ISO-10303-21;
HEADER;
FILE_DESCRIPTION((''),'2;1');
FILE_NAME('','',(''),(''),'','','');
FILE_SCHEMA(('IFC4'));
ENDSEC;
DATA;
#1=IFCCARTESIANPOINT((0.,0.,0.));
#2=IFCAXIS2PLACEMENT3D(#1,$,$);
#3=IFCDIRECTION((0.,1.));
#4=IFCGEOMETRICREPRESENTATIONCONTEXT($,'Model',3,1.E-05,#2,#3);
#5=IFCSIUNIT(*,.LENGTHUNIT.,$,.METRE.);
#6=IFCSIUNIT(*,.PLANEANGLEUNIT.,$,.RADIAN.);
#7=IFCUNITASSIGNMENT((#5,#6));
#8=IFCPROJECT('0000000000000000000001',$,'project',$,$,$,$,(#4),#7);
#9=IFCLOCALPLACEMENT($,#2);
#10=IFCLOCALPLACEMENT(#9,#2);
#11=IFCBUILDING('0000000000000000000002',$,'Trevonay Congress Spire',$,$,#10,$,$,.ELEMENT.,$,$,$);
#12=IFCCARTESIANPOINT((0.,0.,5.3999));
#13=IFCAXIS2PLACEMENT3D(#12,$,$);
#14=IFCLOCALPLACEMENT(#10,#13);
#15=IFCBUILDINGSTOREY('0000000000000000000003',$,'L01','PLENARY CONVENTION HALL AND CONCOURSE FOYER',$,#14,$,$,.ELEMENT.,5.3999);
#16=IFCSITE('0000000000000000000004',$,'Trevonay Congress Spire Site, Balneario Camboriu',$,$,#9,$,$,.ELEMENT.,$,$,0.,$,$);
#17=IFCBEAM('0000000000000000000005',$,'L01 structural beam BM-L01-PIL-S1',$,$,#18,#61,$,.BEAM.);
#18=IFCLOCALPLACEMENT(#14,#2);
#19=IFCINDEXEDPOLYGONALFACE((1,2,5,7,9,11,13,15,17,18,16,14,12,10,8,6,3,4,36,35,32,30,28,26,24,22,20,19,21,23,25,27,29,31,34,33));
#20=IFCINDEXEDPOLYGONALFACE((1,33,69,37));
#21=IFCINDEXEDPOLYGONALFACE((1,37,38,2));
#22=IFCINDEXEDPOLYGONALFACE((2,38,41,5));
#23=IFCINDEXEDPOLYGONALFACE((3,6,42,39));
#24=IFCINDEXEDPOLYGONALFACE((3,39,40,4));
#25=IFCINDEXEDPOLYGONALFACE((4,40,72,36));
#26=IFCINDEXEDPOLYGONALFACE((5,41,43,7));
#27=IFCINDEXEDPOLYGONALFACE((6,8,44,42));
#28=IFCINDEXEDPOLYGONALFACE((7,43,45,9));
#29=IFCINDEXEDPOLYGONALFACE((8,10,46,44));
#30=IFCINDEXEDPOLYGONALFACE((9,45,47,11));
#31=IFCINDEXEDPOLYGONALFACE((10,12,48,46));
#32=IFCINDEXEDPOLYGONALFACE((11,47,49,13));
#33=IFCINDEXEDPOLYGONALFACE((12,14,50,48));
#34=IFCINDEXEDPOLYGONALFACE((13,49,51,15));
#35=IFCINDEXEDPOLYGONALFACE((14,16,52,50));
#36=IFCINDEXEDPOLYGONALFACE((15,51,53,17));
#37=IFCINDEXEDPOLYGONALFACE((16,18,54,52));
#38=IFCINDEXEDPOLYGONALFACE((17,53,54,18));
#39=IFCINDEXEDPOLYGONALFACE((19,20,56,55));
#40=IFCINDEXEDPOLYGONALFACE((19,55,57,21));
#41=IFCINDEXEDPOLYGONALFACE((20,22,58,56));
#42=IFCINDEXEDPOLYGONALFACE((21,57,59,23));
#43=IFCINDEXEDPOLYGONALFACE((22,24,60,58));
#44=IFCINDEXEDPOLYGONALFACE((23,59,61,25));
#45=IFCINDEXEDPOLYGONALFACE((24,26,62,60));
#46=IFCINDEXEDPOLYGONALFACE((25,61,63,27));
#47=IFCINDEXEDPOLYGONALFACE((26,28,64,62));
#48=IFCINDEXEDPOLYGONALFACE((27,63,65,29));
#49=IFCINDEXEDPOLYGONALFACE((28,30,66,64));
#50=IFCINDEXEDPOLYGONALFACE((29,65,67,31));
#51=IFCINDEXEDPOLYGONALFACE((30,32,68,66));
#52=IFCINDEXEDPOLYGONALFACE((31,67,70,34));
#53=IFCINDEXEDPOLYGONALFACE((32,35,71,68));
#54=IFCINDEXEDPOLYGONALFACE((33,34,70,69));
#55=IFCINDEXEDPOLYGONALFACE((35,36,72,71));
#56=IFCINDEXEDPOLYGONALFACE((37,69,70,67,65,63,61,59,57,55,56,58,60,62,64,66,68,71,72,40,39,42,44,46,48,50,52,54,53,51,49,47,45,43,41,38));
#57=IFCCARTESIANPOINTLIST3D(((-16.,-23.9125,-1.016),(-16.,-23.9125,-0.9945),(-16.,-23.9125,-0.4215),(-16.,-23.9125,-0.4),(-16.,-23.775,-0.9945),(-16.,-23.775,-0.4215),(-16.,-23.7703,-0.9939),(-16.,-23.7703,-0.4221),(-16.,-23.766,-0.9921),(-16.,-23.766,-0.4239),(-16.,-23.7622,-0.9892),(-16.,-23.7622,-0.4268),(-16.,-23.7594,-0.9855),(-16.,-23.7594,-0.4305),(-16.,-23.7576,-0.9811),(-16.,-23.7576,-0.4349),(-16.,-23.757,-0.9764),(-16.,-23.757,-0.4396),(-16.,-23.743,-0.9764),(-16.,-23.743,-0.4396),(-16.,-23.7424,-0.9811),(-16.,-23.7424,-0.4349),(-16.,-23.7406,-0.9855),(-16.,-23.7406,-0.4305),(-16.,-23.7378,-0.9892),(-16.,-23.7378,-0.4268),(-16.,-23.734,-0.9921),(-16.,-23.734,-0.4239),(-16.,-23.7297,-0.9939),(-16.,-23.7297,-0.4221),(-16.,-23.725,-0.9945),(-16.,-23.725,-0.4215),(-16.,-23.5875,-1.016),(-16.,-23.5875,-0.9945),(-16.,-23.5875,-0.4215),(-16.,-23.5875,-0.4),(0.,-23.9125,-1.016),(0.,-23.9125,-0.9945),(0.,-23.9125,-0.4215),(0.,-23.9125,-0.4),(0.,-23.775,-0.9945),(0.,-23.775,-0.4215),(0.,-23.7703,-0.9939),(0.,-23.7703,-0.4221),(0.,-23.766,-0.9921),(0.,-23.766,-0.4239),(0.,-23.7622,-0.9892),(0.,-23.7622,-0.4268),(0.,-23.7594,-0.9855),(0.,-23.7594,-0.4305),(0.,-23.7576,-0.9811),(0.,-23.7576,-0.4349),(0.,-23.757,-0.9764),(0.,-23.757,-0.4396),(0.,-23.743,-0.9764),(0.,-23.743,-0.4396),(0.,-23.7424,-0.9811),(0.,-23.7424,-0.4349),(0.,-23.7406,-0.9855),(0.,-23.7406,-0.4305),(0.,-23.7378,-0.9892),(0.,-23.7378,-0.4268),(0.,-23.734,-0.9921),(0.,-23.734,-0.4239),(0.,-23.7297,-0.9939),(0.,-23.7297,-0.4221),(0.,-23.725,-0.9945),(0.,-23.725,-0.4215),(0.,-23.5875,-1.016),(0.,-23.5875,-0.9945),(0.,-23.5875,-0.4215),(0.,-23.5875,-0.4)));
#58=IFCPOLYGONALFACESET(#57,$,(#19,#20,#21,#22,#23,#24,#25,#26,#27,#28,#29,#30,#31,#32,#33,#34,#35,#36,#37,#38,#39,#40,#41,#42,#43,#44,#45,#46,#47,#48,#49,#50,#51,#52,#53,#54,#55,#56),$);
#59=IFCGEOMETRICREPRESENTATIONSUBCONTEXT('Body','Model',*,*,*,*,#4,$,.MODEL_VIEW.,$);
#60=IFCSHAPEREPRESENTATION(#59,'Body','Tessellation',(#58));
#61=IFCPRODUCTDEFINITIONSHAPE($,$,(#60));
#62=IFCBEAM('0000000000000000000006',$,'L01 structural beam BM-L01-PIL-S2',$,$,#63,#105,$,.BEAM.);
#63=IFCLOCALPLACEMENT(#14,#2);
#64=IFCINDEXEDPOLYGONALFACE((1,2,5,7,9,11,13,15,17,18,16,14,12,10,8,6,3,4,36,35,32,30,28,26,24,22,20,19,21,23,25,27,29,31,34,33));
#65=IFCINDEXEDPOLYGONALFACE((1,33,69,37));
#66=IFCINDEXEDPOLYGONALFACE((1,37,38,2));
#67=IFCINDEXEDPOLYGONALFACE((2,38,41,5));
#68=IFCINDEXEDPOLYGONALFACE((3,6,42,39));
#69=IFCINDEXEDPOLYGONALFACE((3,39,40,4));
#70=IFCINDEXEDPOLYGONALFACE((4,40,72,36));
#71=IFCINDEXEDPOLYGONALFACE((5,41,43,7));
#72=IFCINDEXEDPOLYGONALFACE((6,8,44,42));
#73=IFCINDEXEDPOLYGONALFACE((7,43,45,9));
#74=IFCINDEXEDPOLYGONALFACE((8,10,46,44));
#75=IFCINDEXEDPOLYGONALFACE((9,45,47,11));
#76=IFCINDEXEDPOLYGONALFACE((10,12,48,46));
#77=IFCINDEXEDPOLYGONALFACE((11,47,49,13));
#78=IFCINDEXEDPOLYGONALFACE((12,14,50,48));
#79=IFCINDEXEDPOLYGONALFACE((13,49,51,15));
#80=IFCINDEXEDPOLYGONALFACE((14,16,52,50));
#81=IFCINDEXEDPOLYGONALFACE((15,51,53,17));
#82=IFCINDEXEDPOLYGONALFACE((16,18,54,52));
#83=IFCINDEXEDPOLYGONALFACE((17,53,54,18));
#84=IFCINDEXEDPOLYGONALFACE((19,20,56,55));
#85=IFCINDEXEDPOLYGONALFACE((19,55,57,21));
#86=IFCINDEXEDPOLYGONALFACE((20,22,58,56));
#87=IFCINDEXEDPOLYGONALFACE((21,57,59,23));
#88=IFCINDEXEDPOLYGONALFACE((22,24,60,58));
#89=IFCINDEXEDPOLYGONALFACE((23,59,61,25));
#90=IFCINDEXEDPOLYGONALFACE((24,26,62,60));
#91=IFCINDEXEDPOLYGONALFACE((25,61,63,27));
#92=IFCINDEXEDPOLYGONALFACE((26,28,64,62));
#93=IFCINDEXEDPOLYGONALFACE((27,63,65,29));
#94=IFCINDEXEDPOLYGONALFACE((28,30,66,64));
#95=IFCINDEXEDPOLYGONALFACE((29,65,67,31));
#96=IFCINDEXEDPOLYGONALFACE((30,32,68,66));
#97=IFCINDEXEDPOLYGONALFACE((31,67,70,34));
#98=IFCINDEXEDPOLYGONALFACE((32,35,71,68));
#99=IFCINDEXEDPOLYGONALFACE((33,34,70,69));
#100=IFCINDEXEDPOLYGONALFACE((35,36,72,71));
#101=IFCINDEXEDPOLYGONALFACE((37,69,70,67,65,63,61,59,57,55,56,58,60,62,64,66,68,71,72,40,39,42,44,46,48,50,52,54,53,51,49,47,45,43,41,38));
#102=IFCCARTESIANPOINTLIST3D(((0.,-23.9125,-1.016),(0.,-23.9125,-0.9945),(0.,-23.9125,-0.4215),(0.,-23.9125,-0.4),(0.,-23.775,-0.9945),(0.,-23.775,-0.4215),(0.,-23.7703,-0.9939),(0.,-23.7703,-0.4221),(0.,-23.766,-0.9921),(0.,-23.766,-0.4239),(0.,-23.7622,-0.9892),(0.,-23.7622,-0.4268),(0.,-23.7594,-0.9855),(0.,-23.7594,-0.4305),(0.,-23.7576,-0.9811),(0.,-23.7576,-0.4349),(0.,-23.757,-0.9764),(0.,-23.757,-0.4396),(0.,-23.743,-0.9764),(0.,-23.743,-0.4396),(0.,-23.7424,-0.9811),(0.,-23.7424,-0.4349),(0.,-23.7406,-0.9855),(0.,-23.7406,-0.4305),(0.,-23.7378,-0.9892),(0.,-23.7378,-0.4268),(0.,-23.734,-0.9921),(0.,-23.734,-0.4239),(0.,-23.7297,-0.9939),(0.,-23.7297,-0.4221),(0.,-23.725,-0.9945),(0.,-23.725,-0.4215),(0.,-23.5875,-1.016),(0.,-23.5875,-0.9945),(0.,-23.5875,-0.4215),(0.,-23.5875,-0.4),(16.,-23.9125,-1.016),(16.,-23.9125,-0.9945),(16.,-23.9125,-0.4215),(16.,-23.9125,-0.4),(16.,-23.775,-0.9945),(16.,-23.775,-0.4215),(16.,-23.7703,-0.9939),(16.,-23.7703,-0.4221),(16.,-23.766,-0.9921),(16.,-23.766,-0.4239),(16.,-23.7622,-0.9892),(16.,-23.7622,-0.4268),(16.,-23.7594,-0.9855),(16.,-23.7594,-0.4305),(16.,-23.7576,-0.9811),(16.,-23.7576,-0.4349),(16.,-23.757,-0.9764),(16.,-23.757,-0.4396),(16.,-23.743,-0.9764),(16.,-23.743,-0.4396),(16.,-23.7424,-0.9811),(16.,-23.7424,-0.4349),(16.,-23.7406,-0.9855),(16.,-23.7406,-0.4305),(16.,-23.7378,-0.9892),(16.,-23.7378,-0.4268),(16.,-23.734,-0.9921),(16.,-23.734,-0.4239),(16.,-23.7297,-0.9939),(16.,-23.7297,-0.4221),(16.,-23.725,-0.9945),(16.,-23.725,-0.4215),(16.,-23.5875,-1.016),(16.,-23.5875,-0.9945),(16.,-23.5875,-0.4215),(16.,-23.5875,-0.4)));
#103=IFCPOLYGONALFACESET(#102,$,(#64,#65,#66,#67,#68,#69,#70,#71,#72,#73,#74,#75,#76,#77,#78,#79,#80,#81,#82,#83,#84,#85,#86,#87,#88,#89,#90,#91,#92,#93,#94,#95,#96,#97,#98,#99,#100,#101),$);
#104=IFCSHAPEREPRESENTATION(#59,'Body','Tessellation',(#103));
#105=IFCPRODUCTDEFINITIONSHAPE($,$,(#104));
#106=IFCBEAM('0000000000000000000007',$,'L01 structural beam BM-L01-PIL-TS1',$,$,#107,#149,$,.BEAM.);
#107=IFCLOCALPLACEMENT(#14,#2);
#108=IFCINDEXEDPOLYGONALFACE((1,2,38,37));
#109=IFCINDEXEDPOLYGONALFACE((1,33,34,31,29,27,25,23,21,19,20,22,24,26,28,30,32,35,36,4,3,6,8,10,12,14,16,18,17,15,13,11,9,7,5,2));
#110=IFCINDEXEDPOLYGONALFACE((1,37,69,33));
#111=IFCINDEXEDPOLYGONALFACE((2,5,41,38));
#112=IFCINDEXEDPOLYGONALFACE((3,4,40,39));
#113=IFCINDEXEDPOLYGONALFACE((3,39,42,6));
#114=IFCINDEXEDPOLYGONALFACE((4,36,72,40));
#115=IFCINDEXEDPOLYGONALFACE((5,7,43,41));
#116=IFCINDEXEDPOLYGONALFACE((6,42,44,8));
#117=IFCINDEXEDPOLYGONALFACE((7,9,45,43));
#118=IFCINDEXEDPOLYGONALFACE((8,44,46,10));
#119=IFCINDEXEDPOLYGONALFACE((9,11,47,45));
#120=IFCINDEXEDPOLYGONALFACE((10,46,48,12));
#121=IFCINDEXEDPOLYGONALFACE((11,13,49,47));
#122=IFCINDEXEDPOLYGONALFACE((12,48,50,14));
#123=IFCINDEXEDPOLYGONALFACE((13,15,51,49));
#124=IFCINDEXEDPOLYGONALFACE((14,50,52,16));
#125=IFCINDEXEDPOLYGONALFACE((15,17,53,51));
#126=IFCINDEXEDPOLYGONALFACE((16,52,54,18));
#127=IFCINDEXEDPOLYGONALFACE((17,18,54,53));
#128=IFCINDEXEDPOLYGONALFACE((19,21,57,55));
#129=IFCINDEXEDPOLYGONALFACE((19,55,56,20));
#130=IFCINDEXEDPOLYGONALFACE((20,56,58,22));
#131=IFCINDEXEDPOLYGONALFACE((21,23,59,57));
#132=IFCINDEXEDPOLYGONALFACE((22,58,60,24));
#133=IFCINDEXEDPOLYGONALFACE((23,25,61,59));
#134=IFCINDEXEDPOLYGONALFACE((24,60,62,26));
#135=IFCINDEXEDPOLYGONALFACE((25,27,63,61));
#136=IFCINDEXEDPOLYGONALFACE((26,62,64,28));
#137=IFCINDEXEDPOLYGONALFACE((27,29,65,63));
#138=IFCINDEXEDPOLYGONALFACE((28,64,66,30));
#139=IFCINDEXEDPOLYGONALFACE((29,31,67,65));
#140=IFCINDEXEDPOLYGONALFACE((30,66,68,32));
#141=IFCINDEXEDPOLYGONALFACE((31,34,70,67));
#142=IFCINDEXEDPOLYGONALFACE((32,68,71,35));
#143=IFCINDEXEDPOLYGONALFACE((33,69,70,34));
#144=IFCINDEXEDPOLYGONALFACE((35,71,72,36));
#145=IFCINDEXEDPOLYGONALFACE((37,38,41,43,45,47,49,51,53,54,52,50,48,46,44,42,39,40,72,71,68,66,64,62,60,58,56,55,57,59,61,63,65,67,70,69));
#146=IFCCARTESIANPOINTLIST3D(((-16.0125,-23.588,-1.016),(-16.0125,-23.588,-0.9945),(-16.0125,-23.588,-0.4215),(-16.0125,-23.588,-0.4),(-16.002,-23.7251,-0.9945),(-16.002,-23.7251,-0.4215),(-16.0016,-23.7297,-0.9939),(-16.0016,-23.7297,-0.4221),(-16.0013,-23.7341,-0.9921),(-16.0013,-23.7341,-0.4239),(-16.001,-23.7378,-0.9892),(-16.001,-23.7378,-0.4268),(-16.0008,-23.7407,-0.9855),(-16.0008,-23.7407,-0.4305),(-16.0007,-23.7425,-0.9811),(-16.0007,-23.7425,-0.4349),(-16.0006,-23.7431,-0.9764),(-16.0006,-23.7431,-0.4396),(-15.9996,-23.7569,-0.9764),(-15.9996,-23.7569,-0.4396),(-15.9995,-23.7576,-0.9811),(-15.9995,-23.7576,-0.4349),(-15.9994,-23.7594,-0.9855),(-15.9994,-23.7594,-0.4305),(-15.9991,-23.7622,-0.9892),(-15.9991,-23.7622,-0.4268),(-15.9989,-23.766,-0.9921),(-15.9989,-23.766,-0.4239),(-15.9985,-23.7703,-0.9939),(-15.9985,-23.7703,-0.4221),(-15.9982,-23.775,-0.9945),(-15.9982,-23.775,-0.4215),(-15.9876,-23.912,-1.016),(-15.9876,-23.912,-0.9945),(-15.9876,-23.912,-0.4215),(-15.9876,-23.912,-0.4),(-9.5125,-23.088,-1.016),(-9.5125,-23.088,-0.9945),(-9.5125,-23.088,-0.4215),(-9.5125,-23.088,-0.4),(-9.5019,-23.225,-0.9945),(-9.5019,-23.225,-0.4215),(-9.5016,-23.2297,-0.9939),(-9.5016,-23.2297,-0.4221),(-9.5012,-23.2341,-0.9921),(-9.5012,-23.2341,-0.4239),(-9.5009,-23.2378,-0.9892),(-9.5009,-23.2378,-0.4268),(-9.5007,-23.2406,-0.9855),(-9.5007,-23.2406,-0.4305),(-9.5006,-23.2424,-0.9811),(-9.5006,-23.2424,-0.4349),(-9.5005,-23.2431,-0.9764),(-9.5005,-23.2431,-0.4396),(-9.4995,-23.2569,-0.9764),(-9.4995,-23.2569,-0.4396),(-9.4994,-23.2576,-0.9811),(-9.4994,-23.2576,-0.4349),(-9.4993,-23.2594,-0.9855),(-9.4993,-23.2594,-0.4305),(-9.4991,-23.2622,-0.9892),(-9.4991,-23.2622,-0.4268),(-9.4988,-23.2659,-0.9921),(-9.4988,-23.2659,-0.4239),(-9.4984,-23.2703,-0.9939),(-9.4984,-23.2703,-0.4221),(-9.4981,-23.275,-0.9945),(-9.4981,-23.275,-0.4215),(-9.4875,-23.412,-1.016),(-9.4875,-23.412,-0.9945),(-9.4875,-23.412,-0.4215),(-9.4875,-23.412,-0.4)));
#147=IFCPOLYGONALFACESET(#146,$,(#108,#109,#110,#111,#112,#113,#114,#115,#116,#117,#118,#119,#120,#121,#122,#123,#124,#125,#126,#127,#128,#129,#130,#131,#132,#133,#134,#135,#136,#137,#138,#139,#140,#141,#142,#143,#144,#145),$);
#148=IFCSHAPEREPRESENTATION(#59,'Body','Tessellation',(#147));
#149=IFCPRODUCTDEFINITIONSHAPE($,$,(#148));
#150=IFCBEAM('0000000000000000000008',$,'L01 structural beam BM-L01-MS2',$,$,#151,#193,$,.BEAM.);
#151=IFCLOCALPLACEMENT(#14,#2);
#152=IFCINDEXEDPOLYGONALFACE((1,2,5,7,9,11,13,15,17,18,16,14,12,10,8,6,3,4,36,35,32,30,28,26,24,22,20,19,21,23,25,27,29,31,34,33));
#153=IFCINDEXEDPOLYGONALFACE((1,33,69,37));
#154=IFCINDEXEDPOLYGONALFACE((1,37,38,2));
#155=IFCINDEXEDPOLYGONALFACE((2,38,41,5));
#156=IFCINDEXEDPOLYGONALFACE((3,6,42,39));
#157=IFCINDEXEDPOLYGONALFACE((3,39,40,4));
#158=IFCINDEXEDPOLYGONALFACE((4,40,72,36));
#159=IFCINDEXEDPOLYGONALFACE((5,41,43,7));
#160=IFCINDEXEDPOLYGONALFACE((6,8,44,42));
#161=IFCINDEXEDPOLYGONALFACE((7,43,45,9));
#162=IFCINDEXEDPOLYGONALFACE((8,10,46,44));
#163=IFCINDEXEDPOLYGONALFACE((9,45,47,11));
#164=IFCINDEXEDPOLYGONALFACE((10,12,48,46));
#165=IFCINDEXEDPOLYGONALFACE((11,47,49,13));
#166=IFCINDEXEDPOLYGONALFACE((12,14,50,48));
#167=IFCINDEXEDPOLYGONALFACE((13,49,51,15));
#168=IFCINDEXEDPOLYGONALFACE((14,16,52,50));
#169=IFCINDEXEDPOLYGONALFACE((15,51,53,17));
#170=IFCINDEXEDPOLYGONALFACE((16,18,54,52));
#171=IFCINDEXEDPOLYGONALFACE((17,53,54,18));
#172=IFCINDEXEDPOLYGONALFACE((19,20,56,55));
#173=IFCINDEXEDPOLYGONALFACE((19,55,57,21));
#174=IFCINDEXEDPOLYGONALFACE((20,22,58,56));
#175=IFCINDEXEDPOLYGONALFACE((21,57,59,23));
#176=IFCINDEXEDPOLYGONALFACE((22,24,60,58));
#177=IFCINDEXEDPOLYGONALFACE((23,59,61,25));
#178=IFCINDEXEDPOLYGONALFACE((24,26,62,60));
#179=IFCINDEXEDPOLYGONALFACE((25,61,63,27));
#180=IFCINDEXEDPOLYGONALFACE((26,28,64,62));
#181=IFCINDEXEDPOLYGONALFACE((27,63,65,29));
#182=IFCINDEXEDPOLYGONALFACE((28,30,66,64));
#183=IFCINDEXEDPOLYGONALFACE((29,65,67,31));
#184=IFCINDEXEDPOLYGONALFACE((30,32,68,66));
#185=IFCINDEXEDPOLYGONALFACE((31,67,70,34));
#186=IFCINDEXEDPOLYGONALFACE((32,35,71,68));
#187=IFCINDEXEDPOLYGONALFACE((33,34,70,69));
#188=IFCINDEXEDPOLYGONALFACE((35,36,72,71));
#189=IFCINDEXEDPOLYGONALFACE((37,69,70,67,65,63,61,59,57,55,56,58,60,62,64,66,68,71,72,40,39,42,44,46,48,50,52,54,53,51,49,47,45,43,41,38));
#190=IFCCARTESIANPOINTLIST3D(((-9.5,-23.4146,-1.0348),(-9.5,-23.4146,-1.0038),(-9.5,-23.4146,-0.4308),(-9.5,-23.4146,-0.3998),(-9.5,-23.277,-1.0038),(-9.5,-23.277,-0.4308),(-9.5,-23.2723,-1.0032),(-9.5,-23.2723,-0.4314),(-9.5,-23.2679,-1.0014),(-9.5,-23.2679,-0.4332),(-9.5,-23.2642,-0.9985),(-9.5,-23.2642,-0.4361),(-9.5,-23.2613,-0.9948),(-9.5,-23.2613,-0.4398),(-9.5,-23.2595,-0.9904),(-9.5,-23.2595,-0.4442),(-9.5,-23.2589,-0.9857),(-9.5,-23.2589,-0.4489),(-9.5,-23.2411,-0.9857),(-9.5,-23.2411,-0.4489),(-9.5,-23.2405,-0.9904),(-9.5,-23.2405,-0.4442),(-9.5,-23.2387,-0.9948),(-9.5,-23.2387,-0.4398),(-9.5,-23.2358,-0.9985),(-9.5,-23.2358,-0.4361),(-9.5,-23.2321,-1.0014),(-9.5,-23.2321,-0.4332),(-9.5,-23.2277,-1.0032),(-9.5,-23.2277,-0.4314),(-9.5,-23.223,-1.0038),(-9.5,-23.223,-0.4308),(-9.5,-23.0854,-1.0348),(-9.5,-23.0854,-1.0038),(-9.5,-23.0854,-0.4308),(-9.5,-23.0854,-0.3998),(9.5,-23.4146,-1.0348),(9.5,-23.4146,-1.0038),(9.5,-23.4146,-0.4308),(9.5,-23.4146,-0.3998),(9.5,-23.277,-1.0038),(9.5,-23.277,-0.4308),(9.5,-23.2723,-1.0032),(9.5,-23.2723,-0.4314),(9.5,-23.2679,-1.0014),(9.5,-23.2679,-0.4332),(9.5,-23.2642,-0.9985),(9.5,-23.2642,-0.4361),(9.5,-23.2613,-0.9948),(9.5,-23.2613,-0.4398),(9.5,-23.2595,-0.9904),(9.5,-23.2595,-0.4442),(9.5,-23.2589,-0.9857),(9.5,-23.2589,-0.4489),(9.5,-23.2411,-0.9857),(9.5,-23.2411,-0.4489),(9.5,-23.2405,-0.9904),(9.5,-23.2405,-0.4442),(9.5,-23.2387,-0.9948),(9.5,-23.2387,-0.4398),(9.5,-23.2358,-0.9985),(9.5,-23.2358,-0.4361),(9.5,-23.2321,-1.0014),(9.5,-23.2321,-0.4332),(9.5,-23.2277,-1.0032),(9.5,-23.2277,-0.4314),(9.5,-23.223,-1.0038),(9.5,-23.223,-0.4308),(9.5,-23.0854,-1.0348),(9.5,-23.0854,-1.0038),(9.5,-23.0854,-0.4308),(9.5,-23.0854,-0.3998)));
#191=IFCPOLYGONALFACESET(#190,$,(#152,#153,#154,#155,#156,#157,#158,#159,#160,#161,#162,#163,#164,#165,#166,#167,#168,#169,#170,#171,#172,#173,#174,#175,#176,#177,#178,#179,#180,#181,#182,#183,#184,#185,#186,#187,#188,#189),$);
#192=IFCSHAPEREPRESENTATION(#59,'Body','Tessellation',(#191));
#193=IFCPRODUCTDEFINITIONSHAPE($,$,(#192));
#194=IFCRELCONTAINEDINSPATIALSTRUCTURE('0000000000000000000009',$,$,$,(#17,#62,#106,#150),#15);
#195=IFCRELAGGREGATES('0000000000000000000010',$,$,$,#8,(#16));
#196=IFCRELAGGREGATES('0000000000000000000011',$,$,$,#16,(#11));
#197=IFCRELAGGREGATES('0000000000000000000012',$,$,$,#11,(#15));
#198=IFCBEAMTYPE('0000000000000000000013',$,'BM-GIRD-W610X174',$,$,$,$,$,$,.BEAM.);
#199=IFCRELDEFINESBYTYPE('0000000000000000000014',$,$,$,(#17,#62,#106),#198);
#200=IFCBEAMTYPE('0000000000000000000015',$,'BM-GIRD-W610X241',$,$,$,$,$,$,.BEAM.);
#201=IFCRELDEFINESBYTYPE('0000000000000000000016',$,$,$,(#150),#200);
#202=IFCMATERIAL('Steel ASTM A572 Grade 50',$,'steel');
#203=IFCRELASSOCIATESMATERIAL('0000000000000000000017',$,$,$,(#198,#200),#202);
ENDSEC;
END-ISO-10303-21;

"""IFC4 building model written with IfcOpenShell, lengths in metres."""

from ifc_helpers import new_model, si_unit, direction, frame, origin, origin_2d, place, context, subcontext, project, spatial, i_section, extrude, material, material_profile, profile_set, type_object, element, save


model = new_model("IFC4")

# Units and contexts
model_context = context("Model", 3, precision=1e-05, world=origin(), true_north=direction((0.0, 1.0)))
body_context = subcontext(model_context, "Body", "Model", "MODEL_VIEW")
ifc_project = project(units=[si_unit("LENGTHUNIT", "METRE"), si_unit("PLANEANGLEUNIT", "RADIAN")], contexts=[model_context])

# Site, building, storey
site_placement = place(None, origin())
site = spatial("IfcSite", under=ifc_project, at=site_placement, Name="Trevonay Congress Spire Site, Balneario Camboriu", CompositionType="ELEMENT", RefElevation=0.0)
building_placement = place(site_placement, origin())
building = spatial("IfcBuilding", under=site, at=building_placement, Name="Trevonay Congress Spire", CompositionType="ELEMENT")
storey_placement = place(building_placement, frame((0.0, 0.0, 5.3999)))
storey = spatial("IfcBuildingStorey", under=building, at=storey_placement, Name="L01", Description="PLENARY CONVENTION HALL AND CONCOURSE FOYER", CompositionType="ELEMENT", Elevation=5.3999)

# Shared definitions
ifc_material_1 = material(Name="Steel ASTM A572 Grade 50", Category="steel")

# Beams
ifc_material_profile_1 = material_profile(ifc_material_1, i_section(OverallWidth=0.325, OverallDepth=0.616, WebThickness=0.0139, FlangeThickness=0.0215, FilletRadius=0.0181, at=origin_2d()), Name="W610x174")
ifc_profile_set_1 = profile_set([ifc_material_profile_1], Name="Steel ASTM A572 Grade 50")
beam_type_1 = type_object("IfcBeamType", Name="BM-GIRD-W610X174", PredefinedType="BEAM", material=ifc_profile_set_1)
for number, where, z_axis, x_axis, name in (
    (1, (-16.0, -23.75, -0.708), (1.0, 0.0, 0.0), (0.0, 1.0, 0.0), "L01 structural beam BM-L01-PIL-S1"),
    (2, (0.0, -23.75, -0.708), (1.0, 0.0, 0.0), (0.0, 1.0, 0.0), "L01 structural beam BM-L01-PIL-S2"),
):
    element("IfcBeam", number, at=place(storey_placement, frame(where, z_axis=z_axis, x_axis=x_axis)), inside=storey, type_object=beam_type_1, Name=name, PredefinedType="BEAM", context=body_context, shape_type="SweptSolid", body=[
        extrude(i_section(OverallWidth=0.325, OverallDepth=0.616, WebThickness=0.0139, FlangeThickness=0.0215, FilletRadius=0.0181, at=origin_2d()), origin(), (0.0, 0.0, 1.0), 16.0),
    ])
beam_1_placement = place(storey_placement, frame((-9.5, -23.25, -0.708), z_axis=(-0.997054, -0.076696, 0.0), x_axis=(0.076696, -0.997054, 0.0)))
element("IfcBeam", 3, at=beam_1_placement, inside=storey, type_object=beam_type_1, Name="L01 structural beam BM-L01-PIL-TS1", PredefinedType="BEAM", context=body_context, shape_type="SweptSolid", body=[
    extrude(i_section(OverallWidth=0.325, OverallDepth=0.616, WebThickness=0.0139, FlangeThickness=0.0215, FilletRadius=0.0181, at=origin_2d()), origin(), (0.0, 0.0, 1.0), 6.5193),
])
ifc_material_profile_2 = material_profile(ifc_material_1, i_section(OverallWidth=0.3291, OverallDepth=0.635, WebThickness=0.0178, FlangeThickness=0.031, FilletRadius=0.0181, at=origin_2d()), Name="W610x241")
ifc_profile_set_2 = profile_set([ifc_material_profile_2], Name="Steel ASTM A572 Grade 50")
beam_type_2 = type_object("IfcBeamType", Name="BM-GIRD-W610X241", PredefinedType="BEAM", material=ifc_profile_set_2)
beam_2_placement = place(storey_placement, frame((-9.5, -23.25, -0.7173), z_axis=(1.0, 0.0, 0.0), x_axis=(0.0, 1.0, 0.0)))
element("IfcBeam", 4, at=beam_2_placement, inside=storey, type_object=beam_type_2, Name="L01 structural beam BM-L01-MS2", PredefinedType="BEAM", context=body_context, shape_type="SweptSolid", body=[
    extrude(i_section(OverallWidth=0.3291, OverallDepth=0.635, WebThickness=0.0178, FlangeThickness=0.031, FilletRadius=0.0181, at=origin_2d()), origin(), (0.0, 0.0, 1.0), 19.0),
])

save(model, "model.ifc")
